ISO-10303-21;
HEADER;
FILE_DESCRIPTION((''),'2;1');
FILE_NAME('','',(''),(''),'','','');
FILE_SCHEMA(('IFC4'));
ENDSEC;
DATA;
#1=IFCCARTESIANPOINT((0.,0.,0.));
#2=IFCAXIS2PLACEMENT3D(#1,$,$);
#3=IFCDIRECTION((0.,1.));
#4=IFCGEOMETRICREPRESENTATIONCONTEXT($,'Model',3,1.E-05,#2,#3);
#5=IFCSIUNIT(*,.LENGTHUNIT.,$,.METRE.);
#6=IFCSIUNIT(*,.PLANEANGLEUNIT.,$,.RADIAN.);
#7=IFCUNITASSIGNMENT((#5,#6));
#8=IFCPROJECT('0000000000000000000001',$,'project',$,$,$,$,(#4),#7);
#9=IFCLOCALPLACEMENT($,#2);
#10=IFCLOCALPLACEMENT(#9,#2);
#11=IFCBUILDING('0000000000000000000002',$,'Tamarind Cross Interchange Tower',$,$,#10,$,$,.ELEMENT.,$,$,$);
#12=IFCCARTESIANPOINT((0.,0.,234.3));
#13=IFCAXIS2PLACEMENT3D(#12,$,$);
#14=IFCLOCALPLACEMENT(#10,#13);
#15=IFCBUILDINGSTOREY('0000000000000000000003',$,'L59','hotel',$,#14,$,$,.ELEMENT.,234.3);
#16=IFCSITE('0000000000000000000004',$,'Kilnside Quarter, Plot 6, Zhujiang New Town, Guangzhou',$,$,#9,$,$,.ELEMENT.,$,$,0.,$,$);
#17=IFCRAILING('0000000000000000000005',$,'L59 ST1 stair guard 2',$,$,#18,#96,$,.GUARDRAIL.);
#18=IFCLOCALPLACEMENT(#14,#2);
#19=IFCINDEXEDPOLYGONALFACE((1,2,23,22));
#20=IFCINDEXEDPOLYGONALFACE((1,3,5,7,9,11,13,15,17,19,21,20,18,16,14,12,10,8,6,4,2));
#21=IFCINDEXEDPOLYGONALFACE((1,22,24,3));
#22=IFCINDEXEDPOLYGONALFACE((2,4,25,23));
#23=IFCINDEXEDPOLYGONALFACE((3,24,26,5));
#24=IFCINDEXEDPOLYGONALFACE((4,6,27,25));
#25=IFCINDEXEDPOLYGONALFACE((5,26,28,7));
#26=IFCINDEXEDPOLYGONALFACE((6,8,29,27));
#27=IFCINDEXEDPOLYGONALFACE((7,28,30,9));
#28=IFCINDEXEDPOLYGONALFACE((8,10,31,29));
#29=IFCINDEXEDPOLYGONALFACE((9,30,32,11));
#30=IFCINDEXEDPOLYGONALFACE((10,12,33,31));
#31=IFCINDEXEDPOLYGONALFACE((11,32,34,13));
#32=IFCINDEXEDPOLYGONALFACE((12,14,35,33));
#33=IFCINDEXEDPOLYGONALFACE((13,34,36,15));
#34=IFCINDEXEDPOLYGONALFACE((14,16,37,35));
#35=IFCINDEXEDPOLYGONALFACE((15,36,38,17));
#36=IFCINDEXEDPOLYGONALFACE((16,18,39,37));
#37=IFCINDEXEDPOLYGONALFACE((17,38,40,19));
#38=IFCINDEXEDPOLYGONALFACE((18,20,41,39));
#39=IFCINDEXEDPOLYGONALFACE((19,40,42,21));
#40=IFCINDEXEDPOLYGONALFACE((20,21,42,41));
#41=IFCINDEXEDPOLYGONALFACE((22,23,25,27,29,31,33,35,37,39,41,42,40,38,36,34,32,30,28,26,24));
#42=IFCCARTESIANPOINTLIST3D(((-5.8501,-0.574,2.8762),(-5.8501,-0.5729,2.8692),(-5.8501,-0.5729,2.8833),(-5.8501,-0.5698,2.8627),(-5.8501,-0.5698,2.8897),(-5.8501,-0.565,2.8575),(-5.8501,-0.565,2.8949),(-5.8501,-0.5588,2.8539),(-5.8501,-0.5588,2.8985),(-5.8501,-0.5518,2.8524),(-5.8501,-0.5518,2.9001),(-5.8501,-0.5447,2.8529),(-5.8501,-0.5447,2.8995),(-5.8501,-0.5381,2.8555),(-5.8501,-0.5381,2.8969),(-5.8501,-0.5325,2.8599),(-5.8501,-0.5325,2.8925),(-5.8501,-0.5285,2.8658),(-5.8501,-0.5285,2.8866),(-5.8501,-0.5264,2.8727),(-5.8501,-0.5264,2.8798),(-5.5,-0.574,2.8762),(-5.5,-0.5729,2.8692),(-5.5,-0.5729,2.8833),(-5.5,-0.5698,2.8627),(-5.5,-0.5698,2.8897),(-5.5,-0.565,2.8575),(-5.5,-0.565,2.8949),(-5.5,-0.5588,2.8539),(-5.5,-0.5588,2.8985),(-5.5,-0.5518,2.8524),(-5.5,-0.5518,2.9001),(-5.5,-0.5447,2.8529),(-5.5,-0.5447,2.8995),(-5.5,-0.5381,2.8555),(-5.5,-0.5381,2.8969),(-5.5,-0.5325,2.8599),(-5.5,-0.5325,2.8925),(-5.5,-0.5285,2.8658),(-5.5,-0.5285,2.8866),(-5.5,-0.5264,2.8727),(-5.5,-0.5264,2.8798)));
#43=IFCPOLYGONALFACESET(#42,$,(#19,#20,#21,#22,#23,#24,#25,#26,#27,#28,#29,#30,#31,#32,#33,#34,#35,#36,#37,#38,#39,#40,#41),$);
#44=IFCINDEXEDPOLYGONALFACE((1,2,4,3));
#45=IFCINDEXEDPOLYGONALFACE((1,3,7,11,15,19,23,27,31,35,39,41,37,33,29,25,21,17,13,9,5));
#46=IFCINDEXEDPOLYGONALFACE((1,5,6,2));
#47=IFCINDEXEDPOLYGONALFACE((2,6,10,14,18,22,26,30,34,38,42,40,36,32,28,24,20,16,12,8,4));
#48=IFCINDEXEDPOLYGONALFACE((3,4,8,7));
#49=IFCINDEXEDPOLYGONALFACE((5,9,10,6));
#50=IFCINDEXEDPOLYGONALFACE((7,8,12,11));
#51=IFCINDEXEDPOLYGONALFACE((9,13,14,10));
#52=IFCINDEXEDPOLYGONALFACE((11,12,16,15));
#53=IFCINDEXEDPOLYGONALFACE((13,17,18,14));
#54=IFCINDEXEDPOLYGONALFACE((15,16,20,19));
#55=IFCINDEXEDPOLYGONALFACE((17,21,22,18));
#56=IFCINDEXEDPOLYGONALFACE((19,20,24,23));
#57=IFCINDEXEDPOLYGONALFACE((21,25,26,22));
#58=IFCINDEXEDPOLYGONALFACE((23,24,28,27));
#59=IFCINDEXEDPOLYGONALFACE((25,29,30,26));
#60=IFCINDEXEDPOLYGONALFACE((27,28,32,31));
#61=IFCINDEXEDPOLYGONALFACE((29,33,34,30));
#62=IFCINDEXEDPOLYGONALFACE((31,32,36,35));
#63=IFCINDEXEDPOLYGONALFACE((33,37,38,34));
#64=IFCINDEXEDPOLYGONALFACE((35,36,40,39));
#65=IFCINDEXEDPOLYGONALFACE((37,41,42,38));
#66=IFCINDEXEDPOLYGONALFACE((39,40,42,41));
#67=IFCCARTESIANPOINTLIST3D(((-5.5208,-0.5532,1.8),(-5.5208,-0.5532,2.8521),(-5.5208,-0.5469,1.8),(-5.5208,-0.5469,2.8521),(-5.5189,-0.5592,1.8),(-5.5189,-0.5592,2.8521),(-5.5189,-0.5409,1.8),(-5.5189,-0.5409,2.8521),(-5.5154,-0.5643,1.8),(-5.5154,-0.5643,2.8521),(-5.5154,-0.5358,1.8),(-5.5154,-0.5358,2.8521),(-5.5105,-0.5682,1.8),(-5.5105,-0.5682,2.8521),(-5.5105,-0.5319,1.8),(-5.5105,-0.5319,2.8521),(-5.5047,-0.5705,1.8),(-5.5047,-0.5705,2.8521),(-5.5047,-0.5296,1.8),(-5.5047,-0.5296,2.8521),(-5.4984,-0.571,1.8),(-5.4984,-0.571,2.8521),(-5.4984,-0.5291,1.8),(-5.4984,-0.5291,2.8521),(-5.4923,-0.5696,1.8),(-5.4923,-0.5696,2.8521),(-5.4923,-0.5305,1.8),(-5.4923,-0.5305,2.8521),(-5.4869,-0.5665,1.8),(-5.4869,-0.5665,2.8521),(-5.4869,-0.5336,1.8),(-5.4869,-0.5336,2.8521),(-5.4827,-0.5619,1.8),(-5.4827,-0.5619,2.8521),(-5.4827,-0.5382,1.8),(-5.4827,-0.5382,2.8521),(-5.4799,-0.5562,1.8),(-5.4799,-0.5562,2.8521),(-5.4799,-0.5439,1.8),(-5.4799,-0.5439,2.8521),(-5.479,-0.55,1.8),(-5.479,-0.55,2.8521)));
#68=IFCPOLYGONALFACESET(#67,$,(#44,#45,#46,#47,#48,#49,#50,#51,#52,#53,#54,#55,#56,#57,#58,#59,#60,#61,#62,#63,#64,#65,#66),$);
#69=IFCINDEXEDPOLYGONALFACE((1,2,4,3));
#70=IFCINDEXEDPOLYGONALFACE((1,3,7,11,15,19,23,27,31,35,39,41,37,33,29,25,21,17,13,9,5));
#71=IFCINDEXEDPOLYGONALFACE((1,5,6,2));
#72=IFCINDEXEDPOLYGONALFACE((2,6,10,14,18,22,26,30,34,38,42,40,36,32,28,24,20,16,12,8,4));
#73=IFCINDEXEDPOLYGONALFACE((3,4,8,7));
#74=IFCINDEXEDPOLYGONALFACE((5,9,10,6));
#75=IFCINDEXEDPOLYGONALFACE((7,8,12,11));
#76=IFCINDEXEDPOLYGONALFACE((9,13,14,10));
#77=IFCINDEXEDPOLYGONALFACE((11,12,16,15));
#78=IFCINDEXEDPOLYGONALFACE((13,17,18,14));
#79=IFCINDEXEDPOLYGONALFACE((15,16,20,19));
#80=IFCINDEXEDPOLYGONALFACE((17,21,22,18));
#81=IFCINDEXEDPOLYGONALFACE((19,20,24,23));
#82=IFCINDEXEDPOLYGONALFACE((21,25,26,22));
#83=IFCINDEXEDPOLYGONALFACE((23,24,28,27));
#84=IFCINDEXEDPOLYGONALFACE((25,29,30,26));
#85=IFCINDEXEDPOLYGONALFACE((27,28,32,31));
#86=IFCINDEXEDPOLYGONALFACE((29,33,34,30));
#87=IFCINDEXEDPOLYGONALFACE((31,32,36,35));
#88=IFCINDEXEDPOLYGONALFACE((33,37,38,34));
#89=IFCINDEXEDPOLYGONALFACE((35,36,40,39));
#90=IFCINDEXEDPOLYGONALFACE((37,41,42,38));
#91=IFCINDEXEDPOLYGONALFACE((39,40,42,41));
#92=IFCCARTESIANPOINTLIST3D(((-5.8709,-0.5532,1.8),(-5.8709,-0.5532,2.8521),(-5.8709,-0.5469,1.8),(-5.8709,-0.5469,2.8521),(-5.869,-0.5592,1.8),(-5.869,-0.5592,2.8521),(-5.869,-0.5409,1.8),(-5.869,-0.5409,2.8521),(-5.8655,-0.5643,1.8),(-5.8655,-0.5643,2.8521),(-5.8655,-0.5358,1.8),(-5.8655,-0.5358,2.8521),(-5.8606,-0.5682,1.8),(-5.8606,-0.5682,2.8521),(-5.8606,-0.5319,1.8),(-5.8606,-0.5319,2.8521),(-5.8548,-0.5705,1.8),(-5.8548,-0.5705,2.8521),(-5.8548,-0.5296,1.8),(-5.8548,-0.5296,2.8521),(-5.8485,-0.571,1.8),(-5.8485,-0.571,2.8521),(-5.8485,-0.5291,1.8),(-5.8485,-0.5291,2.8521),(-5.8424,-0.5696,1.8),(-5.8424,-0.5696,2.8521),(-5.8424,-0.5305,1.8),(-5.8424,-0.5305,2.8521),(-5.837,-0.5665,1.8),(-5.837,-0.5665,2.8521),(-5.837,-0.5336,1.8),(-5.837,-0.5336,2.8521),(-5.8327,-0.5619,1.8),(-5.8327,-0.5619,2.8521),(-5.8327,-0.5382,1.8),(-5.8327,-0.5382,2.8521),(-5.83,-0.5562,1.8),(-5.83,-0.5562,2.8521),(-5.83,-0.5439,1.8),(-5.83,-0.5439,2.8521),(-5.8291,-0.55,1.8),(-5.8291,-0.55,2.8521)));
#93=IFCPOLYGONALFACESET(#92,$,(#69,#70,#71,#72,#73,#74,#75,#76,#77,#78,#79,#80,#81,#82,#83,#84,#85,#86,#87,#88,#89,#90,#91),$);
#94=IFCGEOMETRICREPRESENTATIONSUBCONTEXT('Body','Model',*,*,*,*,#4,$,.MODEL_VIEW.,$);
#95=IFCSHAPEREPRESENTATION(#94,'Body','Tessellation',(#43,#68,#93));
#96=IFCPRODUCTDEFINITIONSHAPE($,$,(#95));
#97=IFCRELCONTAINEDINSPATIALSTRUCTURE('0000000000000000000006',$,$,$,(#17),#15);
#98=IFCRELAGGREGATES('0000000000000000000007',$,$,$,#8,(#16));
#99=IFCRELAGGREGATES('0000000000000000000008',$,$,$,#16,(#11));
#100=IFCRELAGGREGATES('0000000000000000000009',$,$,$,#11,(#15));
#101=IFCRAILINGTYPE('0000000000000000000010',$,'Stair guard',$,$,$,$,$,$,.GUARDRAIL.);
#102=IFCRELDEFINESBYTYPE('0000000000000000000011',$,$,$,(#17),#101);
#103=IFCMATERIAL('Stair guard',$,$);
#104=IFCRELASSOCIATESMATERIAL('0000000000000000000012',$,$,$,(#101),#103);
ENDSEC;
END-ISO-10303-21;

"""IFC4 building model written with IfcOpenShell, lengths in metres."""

from ifc_helpers import new_model, si_unit, direction, frame, origin, origin_2d, place, context, subcontext, project, spatial, circle, extrude, material, type_object, element, save


model = new_model("IFC4")

# Units and contexts
model_context = context("Model", 3, precision=1e-05, world=origin(), true_north=direction((0.0, 1.0)))
body_context = subcontext(model_context, "Body", "Model", "MODEL_VIEW")
ifc_project = project(units=[si_unit("LENGTHUNIT", "METRE"), si_unit("PLANEANGLEUNIT", "RADIAN")], contexts=[model_context])

# Site, building, storey
site_placement = place(None, origin())
site = spatial("IfcSite", under=ifc_project, at=site_placement, Name="Kilnside Quarter, Plot 6, Zhujiang New Town, Guangzhou", CompositionType="ELEMENT", RefElevation=0.0)
building_placement = place(site_placement, origin())
building = spatial("IfcBuilding", under=site, at=building_placement, Name="Tamarind Cross Interchange Tower", CompositionType="ELEMENT")
storey_placement = place(building_placement, frame((0.0, 0.0, 234.3)))
storey = spatial("IfcBuildingStorey", under=building, at=storey_placement, Name="L59", Description="hotel", CompositionType="ELEMENT", Elevation=234.3)

# Railing
ifc_material_1 = material(Name="Stair guard")
railing_type_1 = type_object("IfcRailingType", Name="Stair guard", PredefinedType="GUARDRAIL", material=ifc_material_1)
railing_1_placement = place(storey_placement, frame((-5.5, -0.55, 1.8)))
element("IfcRailing", 1, at=railing_1_placement, inside=storey, type_object=railing_type_1, Name="L59 ST1 stair guard 2", PredefinedType="GUARDRAIL", context=body_context, shape_type="SweptSolid", body=[
    extrude(circle(Radius=0.0239, at=origin_2d()), frame((0.0, 0.0, 1.0762), z_axis=(-1.0, 0.0, 0.0), x_axis=(0.0, -1.0, 0.0)), (0.0, 0.0, 1.0), 0.3501),
    extrude(circle(Radius=0.021, at=origin_2d()), origin(), (0.0, 0.0, 1.0), 1.052),
    extrude(circle(Radius=0.021, at=origin_2d()), frame((-0.3501, 0.0, 0.0)), (0.0, 0.0, 1.0), 1.052),
])

save(model, "model.ifc")
